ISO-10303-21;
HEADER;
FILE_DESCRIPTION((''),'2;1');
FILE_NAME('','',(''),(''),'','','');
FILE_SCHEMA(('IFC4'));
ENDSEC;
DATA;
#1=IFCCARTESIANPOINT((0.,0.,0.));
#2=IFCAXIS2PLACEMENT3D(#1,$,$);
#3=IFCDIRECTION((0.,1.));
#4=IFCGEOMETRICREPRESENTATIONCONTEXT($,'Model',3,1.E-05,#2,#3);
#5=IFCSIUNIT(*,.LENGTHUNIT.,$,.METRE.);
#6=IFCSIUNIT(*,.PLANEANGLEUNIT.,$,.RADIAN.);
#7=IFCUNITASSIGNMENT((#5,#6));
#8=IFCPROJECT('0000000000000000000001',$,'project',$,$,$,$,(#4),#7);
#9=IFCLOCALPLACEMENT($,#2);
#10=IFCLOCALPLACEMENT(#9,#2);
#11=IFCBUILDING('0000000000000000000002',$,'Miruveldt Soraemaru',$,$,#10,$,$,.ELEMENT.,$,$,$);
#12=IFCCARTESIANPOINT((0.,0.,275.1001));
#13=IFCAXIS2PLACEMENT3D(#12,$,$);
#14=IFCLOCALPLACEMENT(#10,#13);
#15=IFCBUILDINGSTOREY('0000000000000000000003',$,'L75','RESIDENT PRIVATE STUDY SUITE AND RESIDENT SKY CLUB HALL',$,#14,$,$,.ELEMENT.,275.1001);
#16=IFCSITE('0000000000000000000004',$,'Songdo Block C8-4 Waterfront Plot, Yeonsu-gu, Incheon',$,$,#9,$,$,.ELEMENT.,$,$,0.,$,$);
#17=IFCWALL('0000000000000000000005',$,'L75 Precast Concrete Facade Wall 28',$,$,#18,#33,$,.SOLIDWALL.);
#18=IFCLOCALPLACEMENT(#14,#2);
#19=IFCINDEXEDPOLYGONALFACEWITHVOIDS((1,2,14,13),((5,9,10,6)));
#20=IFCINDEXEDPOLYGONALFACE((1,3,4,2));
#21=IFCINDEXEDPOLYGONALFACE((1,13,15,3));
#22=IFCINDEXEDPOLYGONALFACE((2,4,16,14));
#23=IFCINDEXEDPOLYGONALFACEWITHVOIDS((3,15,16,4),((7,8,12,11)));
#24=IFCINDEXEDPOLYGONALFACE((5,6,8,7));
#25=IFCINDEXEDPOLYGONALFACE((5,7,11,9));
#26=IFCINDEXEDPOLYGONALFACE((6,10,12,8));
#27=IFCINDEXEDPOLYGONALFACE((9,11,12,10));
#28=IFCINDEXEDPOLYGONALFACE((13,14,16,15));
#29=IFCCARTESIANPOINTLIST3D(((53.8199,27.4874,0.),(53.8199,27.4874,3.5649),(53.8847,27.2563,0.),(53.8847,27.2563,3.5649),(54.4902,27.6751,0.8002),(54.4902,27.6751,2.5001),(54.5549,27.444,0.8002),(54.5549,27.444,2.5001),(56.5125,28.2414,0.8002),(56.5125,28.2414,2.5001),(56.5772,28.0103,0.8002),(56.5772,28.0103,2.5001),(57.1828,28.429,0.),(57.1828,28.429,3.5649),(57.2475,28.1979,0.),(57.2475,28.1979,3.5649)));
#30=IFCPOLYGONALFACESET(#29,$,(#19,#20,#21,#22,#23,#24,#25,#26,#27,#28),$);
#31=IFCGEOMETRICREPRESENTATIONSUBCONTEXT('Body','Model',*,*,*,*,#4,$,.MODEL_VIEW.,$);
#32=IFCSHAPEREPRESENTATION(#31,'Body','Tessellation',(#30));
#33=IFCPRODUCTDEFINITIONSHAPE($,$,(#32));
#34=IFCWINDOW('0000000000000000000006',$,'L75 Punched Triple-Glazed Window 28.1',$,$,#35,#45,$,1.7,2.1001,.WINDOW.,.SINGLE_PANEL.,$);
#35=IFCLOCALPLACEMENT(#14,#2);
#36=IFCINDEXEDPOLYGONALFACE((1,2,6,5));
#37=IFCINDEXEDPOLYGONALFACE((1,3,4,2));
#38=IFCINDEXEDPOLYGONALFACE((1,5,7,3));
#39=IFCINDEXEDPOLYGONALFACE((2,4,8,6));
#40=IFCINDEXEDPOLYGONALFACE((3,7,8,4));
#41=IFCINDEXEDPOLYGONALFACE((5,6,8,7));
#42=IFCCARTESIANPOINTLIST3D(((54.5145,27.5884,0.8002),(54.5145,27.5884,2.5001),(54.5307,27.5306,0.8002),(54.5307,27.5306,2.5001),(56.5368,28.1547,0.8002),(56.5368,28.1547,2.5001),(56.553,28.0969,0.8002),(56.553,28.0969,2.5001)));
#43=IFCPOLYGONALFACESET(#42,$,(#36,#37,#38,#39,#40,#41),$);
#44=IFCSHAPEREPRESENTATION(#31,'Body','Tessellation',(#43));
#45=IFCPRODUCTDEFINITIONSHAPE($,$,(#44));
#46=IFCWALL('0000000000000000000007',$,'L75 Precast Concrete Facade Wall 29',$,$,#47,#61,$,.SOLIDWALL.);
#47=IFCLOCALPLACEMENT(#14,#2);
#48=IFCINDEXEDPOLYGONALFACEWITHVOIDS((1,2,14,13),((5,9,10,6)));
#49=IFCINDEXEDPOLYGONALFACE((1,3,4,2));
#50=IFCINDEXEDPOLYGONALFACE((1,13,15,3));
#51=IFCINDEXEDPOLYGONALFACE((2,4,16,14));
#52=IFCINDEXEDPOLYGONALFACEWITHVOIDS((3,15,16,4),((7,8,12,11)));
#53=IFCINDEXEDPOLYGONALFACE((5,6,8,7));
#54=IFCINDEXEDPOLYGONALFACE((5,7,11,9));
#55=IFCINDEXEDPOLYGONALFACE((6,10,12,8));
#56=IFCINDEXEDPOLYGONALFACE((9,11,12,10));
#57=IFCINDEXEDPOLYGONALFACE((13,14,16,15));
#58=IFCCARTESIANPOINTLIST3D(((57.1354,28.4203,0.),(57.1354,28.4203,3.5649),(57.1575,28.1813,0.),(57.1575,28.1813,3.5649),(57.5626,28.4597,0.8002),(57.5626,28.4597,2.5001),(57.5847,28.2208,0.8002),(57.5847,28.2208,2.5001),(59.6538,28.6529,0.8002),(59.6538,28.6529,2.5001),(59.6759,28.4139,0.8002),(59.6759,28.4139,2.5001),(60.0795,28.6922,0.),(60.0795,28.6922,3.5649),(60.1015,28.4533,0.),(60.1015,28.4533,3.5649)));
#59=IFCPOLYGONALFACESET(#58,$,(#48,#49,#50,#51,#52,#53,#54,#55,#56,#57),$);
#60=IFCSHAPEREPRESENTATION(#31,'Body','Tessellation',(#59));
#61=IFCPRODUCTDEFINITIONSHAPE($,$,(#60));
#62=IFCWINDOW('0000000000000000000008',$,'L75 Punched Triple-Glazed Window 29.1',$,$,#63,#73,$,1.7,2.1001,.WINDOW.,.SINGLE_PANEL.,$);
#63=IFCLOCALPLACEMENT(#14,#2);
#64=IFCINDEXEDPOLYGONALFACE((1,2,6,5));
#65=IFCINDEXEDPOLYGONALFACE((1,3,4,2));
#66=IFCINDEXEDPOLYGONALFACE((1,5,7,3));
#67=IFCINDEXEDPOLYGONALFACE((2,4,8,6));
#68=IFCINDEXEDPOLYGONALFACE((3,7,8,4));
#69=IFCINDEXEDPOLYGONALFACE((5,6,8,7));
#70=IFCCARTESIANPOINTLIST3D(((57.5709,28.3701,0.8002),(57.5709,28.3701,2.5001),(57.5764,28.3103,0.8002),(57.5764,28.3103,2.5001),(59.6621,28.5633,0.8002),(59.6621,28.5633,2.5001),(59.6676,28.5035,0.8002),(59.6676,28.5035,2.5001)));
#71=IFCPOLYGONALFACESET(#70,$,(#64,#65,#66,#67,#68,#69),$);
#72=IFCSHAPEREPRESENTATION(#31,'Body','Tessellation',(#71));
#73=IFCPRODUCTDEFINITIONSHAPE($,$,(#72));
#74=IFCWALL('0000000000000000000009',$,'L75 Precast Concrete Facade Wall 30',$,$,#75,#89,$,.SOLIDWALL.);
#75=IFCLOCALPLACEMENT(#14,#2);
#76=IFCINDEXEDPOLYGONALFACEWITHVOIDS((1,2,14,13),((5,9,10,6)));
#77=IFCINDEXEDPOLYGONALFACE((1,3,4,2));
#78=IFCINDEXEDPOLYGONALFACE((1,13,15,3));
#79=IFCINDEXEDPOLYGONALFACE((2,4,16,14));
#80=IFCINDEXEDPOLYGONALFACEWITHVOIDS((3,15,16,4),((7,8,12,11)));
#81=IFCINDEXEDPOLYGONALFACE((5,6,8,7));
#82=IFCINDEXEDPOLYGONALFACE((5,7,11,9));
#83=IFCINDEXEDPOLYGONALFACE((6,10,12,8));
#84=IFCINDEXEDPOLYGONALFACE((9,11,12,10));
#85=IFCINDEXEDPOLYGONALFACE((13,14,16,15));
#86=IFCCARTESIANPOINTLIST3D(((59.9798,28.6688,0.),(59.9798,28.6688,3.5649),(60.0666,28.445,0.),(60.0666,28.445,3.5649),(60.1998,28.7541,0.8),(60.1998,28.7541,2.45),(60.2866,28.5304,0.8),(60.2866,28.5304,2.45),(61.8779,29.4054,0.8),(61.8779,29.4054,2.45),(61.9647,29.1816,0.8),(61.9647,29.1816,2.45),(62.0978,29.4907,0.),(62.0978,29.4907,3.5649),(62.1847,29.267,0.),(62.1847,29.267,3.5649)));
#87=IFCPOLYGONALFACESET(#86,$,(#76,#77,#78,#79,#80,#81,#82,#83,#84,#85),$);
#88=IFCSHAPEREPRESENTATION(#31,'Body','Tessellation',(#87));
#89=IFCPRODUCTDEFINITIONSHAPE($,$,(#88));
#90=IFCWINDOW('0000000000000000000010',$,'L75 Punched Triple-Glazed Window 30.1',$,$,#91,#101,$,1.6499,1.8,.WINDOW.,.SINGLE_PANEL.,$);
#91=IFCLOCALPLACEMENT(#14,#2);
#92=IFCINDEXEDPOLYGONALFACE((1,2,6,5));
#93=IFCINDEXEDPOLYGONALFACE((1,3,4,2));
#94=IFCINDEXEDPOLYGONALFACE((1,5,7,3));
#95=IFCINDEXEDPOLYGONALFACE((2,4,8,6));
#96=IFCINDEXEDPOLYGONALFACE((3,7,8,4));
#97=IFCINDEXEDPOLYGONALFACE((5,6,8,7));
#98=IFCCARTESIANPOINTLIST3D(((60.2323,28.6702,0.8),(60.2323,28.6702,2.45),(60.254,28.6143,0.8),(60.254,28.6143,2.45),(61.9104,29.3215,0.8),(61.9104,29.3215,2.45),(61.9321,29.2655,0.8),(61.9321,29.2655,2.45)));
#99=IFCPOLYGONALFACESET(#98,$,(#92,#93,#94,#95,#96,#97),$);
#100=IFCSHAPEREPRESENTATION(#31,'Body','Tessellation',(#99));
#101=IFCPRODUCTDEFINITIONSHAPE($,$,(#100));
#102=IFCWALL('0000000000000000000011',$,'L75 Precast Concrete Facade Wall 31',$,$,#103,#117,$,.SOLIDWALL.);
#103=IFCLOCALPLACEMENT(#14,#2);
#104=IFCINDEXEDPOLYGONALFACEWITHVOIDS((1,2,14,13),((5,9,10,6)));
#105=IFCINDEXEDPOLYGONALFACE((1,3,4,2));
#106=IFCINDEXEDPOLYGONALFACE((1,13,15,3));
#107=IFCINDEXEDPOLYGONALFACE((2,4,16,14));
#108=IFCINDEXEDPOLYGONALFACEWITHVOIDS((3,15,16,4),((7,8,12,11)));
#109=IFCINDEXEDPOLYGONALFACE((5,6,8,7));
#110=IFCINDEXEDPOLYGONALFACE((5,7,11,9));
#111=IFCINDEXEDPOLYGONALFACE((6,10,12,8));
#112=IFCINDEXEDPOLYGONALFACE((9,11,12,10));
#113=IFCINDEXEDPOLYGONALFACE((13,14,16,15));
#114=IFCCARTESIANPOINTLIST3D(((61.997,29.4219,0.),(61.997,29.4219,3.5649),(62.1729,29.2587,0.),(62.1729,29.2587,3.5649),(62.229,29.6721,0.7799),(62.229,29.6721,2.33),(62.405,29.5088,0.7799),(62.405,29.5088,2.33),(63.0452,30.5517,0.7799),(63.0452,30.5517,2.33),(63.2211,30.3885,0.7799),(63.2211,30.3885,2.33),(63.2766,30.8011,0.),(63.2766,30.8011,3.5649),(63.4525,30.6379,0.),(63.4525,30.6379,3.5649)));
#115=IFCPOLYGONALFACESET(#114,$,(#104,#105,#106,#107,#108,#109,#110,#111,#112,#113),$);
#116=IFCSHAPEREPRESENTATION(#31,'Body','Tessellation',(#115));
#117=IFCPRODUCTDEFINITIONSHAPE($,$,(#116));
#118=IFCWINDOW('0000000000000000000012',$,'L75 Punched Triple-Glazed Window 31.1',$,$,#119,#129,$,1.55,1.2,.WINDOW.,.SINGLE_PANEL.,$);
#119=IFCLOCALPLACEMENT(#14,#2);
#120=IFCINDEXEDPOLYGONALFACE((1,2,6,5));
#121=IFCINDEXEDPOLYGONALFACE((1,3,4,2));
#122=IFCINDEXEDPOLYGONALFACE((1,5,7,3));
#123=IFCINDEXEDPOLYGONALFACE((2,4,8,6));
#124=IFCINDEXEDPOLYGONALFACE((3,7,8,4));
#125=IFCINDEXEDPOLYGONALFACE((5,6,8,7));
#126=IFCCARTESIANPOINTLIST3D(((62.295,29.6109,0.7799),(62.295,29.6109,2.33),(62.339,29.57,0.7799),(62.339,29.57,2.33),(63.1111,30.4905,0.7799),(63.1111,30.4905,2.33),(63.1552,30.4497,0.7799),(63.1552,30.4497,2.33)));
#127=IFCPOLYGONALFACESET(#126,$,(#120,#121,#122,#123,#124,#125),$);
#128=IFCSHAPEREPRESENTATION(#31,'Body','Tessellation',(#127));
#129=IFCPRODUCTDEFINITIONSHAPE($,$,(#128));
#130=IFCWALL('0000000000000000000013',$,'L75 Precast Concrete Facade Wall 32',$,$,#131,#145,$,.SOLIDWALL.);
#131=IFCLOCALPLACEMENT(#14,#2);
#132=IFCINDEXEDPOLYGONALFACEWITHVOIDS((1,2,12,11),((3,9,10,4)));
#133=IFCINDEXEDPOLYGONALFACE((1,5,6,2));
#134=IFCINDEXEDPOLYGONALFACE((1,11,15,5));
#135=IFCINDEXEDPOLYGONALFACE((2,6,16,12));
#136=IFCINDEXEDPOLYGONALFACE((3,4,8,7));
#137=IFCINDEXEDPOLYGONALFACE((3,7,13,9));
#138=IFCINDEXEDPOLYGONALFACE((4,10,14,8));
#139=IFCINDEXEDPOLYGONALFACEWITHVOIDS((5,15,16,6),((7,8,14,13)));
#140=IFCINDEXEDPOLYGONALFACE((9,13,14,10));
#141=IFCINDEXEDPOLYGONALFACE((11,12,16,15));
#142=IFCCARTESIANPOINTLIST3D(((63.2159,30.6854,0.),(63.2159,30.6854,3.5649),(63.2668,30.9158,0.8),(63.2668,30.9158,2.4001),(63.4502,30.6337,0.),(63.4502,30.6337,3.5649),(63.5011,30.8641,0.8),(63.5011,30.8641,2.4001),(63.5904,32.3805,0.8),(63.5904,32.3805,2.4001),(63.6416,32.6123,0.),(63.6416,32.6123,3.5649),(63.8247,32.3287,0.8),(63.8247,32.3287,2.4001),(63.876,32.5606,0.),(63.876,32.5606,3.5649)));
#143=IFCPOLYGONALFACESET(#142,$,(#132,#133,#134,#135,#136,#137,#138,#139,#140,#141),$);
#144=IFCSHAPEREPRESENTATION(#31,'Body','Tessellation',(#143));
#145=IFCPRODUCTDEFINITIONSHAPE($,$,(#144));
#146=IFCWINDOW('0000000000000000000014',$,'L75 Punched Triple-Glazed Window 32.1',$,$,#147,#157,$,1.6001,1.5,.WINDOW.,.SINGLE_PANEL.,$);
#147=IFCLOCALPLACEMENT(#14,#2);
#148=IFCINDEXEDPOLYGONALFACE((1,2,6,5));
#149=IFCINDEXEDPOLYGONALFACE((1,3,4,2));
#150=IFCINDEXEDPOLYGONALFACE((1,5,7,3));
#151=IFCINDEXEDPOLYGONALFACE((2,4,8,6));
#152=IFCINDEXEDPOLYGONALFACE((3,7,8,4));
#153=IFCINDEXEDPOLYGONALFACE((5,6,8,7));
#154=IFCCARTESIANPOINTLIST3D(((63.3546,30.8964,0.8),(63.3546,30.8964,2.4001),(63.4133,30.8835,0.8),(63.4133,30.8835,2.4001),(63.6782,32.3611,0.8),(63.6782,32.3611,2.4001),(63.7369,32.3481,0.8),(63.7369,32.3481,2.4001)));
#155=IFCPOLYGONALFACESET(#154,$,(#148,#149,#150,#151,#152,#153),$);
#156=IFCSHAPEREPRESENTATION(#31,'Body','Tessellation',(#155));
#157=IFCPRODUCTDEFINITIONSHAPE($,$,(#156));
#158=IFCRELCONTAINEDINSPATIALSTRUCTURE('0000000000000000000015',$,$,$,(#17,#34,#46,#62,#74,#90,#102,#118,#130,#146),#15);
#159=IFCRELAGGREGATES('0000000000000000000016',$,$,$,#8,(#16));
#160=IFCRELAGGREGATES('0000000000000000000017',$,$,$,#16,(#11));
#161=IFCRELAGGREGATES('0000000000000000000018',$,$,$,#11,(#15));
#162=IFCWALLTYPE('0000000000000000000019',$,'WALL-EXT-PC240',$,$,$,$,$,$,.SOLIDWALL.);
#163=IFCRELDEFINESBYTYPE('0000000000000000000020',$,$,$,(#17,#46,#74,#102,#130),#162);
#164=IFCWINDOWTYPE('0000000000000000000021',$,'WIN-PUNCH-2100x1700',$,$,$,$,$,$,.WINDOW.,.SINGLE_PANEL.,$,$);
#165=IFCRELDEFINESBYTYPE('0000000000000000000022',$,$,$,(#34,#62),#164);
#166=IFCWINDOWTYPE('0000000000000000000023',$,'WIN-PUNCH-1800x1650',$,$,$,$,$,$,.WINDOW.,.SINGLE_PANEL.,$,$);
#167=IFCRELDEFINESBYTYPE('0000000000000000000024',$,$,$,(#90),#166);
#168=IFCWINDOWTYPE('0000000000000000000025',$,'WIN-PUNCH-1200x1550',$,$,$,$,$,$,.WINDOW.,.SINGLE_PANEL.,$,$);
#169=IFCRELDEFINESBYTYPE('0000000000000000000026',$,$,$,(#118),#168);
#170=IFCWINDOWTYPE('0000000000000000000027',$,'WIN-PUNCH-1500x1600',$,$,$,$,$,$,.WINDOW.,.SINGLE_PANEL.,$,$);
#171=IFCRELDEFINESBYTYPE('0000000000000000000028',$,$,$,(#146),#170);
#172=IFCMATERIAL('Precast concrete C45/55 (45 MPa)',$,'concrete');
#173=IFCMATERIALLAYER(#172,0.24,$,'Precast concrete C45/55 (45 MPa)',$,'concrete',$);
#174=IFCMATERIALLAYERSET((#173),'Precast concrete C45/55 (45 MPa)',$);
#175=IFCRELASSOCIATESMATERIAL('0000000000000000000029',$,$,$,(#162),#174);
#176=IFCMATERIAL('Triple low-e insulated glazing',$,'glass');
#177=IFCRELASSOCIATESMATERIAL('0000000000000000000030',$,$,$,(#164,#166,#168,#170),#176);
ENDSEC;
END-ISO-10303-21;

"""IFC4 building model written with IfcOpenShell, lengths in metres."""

from ifc_helpers import new_model, si_unit, direction, frame, frame_2d, origin, place, context, subcontext, project, spatial, rectangle, extrude, material, layer, layer_set, type_object, element, fill, save


model = new_model("IFC4")

# Units and contexts
model_context = context("Model", 3, precision=1e-05, world=origin(), true_north=direction((0.0, 1.0)))
body_context = subcontext(model_context, "Body", "Model", "MODEL_VIEW")
ifc_project = project(units=[si_unit("LENGTHUNIT", "METRE"), si_unit("PLANEANGLEUNIT", "RADIAN")], contexts=[model_context])

# Site, building, storey
site_placement = place(None, origin())
site = spatial("IfcSite", under=ifc_project, at=site_placement, Name="Songdo Block C8-4 Waterfront Plot, Yeonsu-gu, Incheon", CompositionType="ELEMENT", RefElevation=0.0)
building_placement = place(site_placement, origin())
building = spatial("IfcBuilding", under=site, at=building_placement, Name="Miruveldt Soraemaru", CompositionType="ELEMENT")
storey_placement = place(building_placement, frame((0.0, 0.0, 275.1001)))
storey = spatial("IfcBuildingStorey", under=building, at=storey_placement, Name="L75", Description="RESIDENT PRIVATE STUDY SUITE AND RESIDENT SKY CLUB HALL", CompositionType="ELEMENT", Elevation=275.1001)

# Walls, openings, windows
ifc_material_1 = material(Name="Precast concrete C45/55 (45 MPa)", Category="concrete")
ifc_layer_1 = layer(ifc_material_1, 0.24, Name="Precast concrete C45/55 (45 MPa)", Category="concrete")
ifc_layer_set_1 = layer_set([ifc_layer_1], Name="Precast concrete C45/55 (45 MPa)")
wall_type_1 = type_object("IfcWallType", Name="WALL-EXT-PC240", PredefinedType="SOLIDWALL", material=ifc_layer_set_1)
wall_1_placement = place(storey_placement, frame((53.8523, 27.3718, 0.0), z_axis=(0.0, 0.0, 1.0), x_axis=(0.962959, 0.269648, 0.0)))
wall_1 = element("IfcWall", 1, at=wall_1_placement, inside=storey, type_object=wall_type_1, Name="L75 Precast Concrete Facade Wall 28", PredefinedType="SOLIDWALL", context=body_context, shape_type="SweptSolid", body=[
    extrude(rectangle(XDim=3.4922, YDim=0.24, at=frame_2d((1.7461, 0.0))), origin(), (0.0, 0.0, 1.0), 3.5649),
])
opening_1_placement = place(wall_1_placement, frame((0.696, 0.0, 0.8)))
opening_1 = element("IfcOpeningElement", 2, at=opening_1_placement, cuts=wall_1, PredefinedType="OPENING", context=body_context, shape_type="SweptSolid", body=[
    extrude(rectangle(XDim=2.1001, YDim=1.7, at=frame_2d((1.05, 0.8501))), frame((0.0, 0.1299, 0.0), z_axis=(0.0, -1.0, 0.0), x_axis=(1.0, 0.0, 0.0)), (0.0, 0.0, 1.0), 0.26),
])
ifc_material_2 = material(Name="Triple low-e insulated glazing", Category="glass")
window_type_1 = type_object("IfcWindowType", Name="WIN-PUNCH-2100x1700", PartitioningType="SINGLE_PANEL", PredefinedType="WINDOW", material=ifc_material_2)
window_1_placement = place(opening_1_placement, origin())
window_1 = element("IfcWindow", 3, at=window_1_placement, inside=storey, type_object=window_type_1, Name="L75 Punched Triple-Glazed Window 28.1", OverallHeight=1.7, OverallWidth=2.1001, PartitioningType="SINGLE_PANEL", PredefinedType="WINDOW", context=body_context, shape_type="SweptSolid", body=[
    extrude(rectangle(XDim=2.1001, YDim=1.7, at=frame_2d((1.05, 0.8501))), frame((0.0, 0.03, 0.0), z_axis=(0.0, -1.0, 0.0), x_axis=(1.0, 0.0, 0.0)), (0.0, 0.0, 1.0), 0.0601),
])
fill(opening_1, window_1)
wall_2_placement = place(storey_placement, frame((57.1465, 28.3008, 0.0), z_axis=(0.0, 0.0, 1.0), x_axis=(0.99576, 0.091987, 0.0)))
wall_2 = element("IfcWall", 4, at=wall_2_placement, inside=storey, type_object=wall_type_1, Name="L75 Precast Concrete Facade Wall 29", PredefinedType="SOLIDWALL", context=body_context, shape_type="SweptSolid", body=[
    extrude(rectangle(XDim=2.9565, YDim=0.24, at=frame_2d((1.4783, 0.0))), origin(), (0.0, 0.0, 1.0), 3.5649),
])
opening_2_placement = place(wall_2_placement, frame((0.429, 0.0, 0.8)))
opening_2 = element("IfcOpeningElement", 5, at=opening_2_placement, cuts=wall_2, PredefinedType="OPENING", context=body_context, shape_type="SweptSolid", body=[
    extrude(rectangle(XDim=2.1001, YDim=1.7, at=frame_2d((1.05, 0.8501))), frame((0.0, 0.1299, 0.0), z_axis=(0.0, -1.0, 0.0), x_axis=(1.0, 0.0, 0.0)), (0.0, 0.0, 1.0), 0.26),
])
window_2_placement = place(opening_2_placement, origin())
window_2 = element("IfcWindow", 6, at=window_2_placement, inside=storey, type_object=window_type_1, Name="L75 Punched Triple-Glazed Window 29.1", OverallHeight=1.7, OverallWidth=2.1001, PartitioningType="SINGLE_PANEL", PredefinedType="WINDOW", context=body_context, shape_type="SweptSolid", body=[
    extrude(rectangle(XDim=2.1001, YDim=1.7, at=frame_2d((1.05, 0.8501))), frame((0.0, 0.03, 0.0), z_axis=(0.0, -1.0, 0.0), x_axis=(1.0, 0.0, 0.0)), (0.0, 0.0, 1.0), 0.0601),
])
fill(opening_2, window_2)
wall_3_placement = place(storey_placement, frame((60.0232, 28.5569, 0.0), z_axis=(0.0, 0.0, 1.0), x_axis=(0.932259, 0.361793, 0.0)))
wall_3 = element("IfcWall", 7, at=wall_3_placement, inside=storey, type_object=wall_type_1, Name="L75 Precast Concrete Facade Wall 30", PredefinedType="SOLIDWALL", context=body_context, shape_type="SweptSolid", body=[
    extrude(rectangle(XDim=2.272, YDim=0.24, at=frame_2d((1.136, 0.0))), origin(), (0.0, 0.0, 1.0), 3.5649),
])
opening_3_placement = place(wall_3_placement, frame((0.2361, 0.0, 0.8)))
opening_3 = element("IfcOpeningElement", 8, at=opening_3_placement, cuts=wall_3, PredefinedType="OPENING", context=body_context, shape_type="SweptSolid", body=[
    extrude(rectangle(XDim=1.8, YDim=1.6499, at=frame_2d((0.8999, 0.825))), frame((0.0, 0.1299, 0.0), z_axis=(0.0, -1.0, 0.0), x_axis=(1.0, 0.0, 0.0)), (0.0, 0.0, 1.0), 0.26),
])
window_type_2 = type_object("IfcWindowType", Name="WIN-PUNCH-1800x1650", PartitioningType="SINGLE_PANEL", PredefinedType="WINDOW", material=ifc_material_2)
window_3_placement = place(opening_3_placement, origin())
window_3 = element("IfcWindow", 9, at=window_3_placement, inside=storey, type_object=window_type_2, Name="L75 Punched Triple-Glazed Window 30.1", OverallHeight=1.6499, OverallWidth=1.8, PartitioningType="SINGLE_PANEL", PredefinedType="WINDOW", context=body_context, shape_type="SweptSolid", body=[
    extrude(rectangle(XDim=1.8, YDim=1.6499, at=frame_2d((0.8999, 0.825))), frame((0.0, 0.03, 0.0), z_axis=(0.0, -1.0, 0.0), x_axis=(1.0, 0.0, 0.0)), (0.0, 0.0, 1.0), 0.0601),
])
fill(opening_3, window_3)
wall_4_placement = place(storey_placement, frame((62.085, 29.3403, 0.0), z_axis=(0.0, 0.0, 1.0), x_axis=(0.680137, 0.733085, 0.0)))
wall_4 = element("IfcWall", 10, at=wall_4_placement, inside=storey, type_object=wall_type_1, Name="L75 Precast Concrete Facade Wall 31", PredefinedType="SOLIDWALL", context=body_context, shape_type="SweptSolid", body=[
    extrude(rectangle(XDim=1.8813, YDim=0.24, at=frame_2d((0.9407, 0.0))), origin(), (0.0, 0.0, 1.0), 3.5649),
])
opening_4_placement = place(wall_4_placement, frame((0.3411, 0.0, 0.78)))
opening_4 = element("IfcOpeningElement", 11, at=opening_4_placement, cuts=wall_4, PredefinedType="OPENING", context=body_context, shape_type="SweptSolid", body=[
    extrude(rectangle(XDim=1.2, YDim=1.55, at=frame_2d((0.6001, 0.7749))), frame((0.0, 0.1299, 0.0), z_axis=(0.0, -1.0, 0.0), x_axis=(1.0, 0.0, 0.0)), (0.0, 0.0, 1.0), 0.26),
])
window_type_3 = type_object("IfcWindowType", Name="WIN-PUNCH-1200x1550", PartitioningType="SINGLE_PANEL", PredefinedType="WINDOW", material=ifc_material_2)
window_4_placement = place(opening_4_placement, origin())
window_4 = element("IfcWindow", 12, at=window_4_placement, inside=storey, type_object=window_type_3, Name="L75 Punched Triple-Glazed Window 31.1", OverallHeight=1.55, OverallWidth=1.2, PartitioningType="SINGLE_PANEL", PredefinedType="WINDOW", context=body_context, shape_type="SweptSolid", body=[
    extrude(rectangle(XDim=1.2, YDim=1.55, at=frame_2d((0.6001, 0.7749))), frame((0.0, 0.03, 0.0), z_axis=(0.0, -1.0, 0.0), x_axis=(1.0, 0.0, 0.0)), (0.0, 0.0, 1.0), 0.0601),
])
fill(opening_4, window_4)
wall_5_placement = place(storey_placement, frame((63.333, 30.6594, 0.0), z_axis=(0.0, 0.0, 1.0), x_axis=(0.215751, 0.976448, 0.0)))
wall_5 = element("IfcWall", 13, at=wall_5_placement, inside=storey, type_object=wall_type_1, Name="L75 Precast Concrete Facade Wall 32", PredefinedType="SOLIDWALL", context=body_context, shape_type="SweptSolid", body=[
    extrude(rectangle(XDim=1.9734, YDim=0.24, at=frame_2d((0.9868, 0.0))), origin(), (0.0, 0.0, 1.0), 3.5649),
])
opening_5_placement = place(wall_5_placement, frame((0.2361, 0.0, 0.8)))
opening_5 = element("IfcOpeningElement", 14, at=opening_5_placement, cuts=wall_5, PredefinedType="OPENING", context=body_context, shape_type="SweptSolid", body=[
    extrude(rectangle(XDim=1.5, YDim=1.6001, at=frame_2d((0.75, 0.8))), frame((0.0, 0.1299, 0.0), z_axis=(0.0, -1.0, 0.0), x_axis=(1.0, 0.0, 0.0)), (0.0, 0.0, 1.0), 0.26),
])
window_type_4 = type_object("IfcWindowType", Name="WIN-PUNCH-1500x1600", PartitioningType="SINGLE_PANEL", PredefinedType="WINDOW", material=ifc_material_2)
window_5_placement = place(opening_5_placement, origin())
window_5 = element("IfcWindow", 15, at=window_5_placement, inside=storey, type_object=window_type_4, Name="L75 Punched Triple-Glazed Window 32.1", OverallHeight=1.6001, OverallWidth=1.5, PartitioningType="SINGLE_PANEL", PredefinedType="WINDOW", context=body_context, shape_type="SweptSolid", body=[
    extrude(rectangle(XDim=1.5, YDim=1.6001, at=frame_2d((0.75, 0.8))), frame((0.0, 0.03, 0.0), z_axis=(0.0, -1.0, 0.0), x_axis=(1.0, 0.0, 0.0)), (0.0, 0.0, 1.0), 0.0601),
])
fill(opening_5, window_5)

save(model, "model.ifc")
